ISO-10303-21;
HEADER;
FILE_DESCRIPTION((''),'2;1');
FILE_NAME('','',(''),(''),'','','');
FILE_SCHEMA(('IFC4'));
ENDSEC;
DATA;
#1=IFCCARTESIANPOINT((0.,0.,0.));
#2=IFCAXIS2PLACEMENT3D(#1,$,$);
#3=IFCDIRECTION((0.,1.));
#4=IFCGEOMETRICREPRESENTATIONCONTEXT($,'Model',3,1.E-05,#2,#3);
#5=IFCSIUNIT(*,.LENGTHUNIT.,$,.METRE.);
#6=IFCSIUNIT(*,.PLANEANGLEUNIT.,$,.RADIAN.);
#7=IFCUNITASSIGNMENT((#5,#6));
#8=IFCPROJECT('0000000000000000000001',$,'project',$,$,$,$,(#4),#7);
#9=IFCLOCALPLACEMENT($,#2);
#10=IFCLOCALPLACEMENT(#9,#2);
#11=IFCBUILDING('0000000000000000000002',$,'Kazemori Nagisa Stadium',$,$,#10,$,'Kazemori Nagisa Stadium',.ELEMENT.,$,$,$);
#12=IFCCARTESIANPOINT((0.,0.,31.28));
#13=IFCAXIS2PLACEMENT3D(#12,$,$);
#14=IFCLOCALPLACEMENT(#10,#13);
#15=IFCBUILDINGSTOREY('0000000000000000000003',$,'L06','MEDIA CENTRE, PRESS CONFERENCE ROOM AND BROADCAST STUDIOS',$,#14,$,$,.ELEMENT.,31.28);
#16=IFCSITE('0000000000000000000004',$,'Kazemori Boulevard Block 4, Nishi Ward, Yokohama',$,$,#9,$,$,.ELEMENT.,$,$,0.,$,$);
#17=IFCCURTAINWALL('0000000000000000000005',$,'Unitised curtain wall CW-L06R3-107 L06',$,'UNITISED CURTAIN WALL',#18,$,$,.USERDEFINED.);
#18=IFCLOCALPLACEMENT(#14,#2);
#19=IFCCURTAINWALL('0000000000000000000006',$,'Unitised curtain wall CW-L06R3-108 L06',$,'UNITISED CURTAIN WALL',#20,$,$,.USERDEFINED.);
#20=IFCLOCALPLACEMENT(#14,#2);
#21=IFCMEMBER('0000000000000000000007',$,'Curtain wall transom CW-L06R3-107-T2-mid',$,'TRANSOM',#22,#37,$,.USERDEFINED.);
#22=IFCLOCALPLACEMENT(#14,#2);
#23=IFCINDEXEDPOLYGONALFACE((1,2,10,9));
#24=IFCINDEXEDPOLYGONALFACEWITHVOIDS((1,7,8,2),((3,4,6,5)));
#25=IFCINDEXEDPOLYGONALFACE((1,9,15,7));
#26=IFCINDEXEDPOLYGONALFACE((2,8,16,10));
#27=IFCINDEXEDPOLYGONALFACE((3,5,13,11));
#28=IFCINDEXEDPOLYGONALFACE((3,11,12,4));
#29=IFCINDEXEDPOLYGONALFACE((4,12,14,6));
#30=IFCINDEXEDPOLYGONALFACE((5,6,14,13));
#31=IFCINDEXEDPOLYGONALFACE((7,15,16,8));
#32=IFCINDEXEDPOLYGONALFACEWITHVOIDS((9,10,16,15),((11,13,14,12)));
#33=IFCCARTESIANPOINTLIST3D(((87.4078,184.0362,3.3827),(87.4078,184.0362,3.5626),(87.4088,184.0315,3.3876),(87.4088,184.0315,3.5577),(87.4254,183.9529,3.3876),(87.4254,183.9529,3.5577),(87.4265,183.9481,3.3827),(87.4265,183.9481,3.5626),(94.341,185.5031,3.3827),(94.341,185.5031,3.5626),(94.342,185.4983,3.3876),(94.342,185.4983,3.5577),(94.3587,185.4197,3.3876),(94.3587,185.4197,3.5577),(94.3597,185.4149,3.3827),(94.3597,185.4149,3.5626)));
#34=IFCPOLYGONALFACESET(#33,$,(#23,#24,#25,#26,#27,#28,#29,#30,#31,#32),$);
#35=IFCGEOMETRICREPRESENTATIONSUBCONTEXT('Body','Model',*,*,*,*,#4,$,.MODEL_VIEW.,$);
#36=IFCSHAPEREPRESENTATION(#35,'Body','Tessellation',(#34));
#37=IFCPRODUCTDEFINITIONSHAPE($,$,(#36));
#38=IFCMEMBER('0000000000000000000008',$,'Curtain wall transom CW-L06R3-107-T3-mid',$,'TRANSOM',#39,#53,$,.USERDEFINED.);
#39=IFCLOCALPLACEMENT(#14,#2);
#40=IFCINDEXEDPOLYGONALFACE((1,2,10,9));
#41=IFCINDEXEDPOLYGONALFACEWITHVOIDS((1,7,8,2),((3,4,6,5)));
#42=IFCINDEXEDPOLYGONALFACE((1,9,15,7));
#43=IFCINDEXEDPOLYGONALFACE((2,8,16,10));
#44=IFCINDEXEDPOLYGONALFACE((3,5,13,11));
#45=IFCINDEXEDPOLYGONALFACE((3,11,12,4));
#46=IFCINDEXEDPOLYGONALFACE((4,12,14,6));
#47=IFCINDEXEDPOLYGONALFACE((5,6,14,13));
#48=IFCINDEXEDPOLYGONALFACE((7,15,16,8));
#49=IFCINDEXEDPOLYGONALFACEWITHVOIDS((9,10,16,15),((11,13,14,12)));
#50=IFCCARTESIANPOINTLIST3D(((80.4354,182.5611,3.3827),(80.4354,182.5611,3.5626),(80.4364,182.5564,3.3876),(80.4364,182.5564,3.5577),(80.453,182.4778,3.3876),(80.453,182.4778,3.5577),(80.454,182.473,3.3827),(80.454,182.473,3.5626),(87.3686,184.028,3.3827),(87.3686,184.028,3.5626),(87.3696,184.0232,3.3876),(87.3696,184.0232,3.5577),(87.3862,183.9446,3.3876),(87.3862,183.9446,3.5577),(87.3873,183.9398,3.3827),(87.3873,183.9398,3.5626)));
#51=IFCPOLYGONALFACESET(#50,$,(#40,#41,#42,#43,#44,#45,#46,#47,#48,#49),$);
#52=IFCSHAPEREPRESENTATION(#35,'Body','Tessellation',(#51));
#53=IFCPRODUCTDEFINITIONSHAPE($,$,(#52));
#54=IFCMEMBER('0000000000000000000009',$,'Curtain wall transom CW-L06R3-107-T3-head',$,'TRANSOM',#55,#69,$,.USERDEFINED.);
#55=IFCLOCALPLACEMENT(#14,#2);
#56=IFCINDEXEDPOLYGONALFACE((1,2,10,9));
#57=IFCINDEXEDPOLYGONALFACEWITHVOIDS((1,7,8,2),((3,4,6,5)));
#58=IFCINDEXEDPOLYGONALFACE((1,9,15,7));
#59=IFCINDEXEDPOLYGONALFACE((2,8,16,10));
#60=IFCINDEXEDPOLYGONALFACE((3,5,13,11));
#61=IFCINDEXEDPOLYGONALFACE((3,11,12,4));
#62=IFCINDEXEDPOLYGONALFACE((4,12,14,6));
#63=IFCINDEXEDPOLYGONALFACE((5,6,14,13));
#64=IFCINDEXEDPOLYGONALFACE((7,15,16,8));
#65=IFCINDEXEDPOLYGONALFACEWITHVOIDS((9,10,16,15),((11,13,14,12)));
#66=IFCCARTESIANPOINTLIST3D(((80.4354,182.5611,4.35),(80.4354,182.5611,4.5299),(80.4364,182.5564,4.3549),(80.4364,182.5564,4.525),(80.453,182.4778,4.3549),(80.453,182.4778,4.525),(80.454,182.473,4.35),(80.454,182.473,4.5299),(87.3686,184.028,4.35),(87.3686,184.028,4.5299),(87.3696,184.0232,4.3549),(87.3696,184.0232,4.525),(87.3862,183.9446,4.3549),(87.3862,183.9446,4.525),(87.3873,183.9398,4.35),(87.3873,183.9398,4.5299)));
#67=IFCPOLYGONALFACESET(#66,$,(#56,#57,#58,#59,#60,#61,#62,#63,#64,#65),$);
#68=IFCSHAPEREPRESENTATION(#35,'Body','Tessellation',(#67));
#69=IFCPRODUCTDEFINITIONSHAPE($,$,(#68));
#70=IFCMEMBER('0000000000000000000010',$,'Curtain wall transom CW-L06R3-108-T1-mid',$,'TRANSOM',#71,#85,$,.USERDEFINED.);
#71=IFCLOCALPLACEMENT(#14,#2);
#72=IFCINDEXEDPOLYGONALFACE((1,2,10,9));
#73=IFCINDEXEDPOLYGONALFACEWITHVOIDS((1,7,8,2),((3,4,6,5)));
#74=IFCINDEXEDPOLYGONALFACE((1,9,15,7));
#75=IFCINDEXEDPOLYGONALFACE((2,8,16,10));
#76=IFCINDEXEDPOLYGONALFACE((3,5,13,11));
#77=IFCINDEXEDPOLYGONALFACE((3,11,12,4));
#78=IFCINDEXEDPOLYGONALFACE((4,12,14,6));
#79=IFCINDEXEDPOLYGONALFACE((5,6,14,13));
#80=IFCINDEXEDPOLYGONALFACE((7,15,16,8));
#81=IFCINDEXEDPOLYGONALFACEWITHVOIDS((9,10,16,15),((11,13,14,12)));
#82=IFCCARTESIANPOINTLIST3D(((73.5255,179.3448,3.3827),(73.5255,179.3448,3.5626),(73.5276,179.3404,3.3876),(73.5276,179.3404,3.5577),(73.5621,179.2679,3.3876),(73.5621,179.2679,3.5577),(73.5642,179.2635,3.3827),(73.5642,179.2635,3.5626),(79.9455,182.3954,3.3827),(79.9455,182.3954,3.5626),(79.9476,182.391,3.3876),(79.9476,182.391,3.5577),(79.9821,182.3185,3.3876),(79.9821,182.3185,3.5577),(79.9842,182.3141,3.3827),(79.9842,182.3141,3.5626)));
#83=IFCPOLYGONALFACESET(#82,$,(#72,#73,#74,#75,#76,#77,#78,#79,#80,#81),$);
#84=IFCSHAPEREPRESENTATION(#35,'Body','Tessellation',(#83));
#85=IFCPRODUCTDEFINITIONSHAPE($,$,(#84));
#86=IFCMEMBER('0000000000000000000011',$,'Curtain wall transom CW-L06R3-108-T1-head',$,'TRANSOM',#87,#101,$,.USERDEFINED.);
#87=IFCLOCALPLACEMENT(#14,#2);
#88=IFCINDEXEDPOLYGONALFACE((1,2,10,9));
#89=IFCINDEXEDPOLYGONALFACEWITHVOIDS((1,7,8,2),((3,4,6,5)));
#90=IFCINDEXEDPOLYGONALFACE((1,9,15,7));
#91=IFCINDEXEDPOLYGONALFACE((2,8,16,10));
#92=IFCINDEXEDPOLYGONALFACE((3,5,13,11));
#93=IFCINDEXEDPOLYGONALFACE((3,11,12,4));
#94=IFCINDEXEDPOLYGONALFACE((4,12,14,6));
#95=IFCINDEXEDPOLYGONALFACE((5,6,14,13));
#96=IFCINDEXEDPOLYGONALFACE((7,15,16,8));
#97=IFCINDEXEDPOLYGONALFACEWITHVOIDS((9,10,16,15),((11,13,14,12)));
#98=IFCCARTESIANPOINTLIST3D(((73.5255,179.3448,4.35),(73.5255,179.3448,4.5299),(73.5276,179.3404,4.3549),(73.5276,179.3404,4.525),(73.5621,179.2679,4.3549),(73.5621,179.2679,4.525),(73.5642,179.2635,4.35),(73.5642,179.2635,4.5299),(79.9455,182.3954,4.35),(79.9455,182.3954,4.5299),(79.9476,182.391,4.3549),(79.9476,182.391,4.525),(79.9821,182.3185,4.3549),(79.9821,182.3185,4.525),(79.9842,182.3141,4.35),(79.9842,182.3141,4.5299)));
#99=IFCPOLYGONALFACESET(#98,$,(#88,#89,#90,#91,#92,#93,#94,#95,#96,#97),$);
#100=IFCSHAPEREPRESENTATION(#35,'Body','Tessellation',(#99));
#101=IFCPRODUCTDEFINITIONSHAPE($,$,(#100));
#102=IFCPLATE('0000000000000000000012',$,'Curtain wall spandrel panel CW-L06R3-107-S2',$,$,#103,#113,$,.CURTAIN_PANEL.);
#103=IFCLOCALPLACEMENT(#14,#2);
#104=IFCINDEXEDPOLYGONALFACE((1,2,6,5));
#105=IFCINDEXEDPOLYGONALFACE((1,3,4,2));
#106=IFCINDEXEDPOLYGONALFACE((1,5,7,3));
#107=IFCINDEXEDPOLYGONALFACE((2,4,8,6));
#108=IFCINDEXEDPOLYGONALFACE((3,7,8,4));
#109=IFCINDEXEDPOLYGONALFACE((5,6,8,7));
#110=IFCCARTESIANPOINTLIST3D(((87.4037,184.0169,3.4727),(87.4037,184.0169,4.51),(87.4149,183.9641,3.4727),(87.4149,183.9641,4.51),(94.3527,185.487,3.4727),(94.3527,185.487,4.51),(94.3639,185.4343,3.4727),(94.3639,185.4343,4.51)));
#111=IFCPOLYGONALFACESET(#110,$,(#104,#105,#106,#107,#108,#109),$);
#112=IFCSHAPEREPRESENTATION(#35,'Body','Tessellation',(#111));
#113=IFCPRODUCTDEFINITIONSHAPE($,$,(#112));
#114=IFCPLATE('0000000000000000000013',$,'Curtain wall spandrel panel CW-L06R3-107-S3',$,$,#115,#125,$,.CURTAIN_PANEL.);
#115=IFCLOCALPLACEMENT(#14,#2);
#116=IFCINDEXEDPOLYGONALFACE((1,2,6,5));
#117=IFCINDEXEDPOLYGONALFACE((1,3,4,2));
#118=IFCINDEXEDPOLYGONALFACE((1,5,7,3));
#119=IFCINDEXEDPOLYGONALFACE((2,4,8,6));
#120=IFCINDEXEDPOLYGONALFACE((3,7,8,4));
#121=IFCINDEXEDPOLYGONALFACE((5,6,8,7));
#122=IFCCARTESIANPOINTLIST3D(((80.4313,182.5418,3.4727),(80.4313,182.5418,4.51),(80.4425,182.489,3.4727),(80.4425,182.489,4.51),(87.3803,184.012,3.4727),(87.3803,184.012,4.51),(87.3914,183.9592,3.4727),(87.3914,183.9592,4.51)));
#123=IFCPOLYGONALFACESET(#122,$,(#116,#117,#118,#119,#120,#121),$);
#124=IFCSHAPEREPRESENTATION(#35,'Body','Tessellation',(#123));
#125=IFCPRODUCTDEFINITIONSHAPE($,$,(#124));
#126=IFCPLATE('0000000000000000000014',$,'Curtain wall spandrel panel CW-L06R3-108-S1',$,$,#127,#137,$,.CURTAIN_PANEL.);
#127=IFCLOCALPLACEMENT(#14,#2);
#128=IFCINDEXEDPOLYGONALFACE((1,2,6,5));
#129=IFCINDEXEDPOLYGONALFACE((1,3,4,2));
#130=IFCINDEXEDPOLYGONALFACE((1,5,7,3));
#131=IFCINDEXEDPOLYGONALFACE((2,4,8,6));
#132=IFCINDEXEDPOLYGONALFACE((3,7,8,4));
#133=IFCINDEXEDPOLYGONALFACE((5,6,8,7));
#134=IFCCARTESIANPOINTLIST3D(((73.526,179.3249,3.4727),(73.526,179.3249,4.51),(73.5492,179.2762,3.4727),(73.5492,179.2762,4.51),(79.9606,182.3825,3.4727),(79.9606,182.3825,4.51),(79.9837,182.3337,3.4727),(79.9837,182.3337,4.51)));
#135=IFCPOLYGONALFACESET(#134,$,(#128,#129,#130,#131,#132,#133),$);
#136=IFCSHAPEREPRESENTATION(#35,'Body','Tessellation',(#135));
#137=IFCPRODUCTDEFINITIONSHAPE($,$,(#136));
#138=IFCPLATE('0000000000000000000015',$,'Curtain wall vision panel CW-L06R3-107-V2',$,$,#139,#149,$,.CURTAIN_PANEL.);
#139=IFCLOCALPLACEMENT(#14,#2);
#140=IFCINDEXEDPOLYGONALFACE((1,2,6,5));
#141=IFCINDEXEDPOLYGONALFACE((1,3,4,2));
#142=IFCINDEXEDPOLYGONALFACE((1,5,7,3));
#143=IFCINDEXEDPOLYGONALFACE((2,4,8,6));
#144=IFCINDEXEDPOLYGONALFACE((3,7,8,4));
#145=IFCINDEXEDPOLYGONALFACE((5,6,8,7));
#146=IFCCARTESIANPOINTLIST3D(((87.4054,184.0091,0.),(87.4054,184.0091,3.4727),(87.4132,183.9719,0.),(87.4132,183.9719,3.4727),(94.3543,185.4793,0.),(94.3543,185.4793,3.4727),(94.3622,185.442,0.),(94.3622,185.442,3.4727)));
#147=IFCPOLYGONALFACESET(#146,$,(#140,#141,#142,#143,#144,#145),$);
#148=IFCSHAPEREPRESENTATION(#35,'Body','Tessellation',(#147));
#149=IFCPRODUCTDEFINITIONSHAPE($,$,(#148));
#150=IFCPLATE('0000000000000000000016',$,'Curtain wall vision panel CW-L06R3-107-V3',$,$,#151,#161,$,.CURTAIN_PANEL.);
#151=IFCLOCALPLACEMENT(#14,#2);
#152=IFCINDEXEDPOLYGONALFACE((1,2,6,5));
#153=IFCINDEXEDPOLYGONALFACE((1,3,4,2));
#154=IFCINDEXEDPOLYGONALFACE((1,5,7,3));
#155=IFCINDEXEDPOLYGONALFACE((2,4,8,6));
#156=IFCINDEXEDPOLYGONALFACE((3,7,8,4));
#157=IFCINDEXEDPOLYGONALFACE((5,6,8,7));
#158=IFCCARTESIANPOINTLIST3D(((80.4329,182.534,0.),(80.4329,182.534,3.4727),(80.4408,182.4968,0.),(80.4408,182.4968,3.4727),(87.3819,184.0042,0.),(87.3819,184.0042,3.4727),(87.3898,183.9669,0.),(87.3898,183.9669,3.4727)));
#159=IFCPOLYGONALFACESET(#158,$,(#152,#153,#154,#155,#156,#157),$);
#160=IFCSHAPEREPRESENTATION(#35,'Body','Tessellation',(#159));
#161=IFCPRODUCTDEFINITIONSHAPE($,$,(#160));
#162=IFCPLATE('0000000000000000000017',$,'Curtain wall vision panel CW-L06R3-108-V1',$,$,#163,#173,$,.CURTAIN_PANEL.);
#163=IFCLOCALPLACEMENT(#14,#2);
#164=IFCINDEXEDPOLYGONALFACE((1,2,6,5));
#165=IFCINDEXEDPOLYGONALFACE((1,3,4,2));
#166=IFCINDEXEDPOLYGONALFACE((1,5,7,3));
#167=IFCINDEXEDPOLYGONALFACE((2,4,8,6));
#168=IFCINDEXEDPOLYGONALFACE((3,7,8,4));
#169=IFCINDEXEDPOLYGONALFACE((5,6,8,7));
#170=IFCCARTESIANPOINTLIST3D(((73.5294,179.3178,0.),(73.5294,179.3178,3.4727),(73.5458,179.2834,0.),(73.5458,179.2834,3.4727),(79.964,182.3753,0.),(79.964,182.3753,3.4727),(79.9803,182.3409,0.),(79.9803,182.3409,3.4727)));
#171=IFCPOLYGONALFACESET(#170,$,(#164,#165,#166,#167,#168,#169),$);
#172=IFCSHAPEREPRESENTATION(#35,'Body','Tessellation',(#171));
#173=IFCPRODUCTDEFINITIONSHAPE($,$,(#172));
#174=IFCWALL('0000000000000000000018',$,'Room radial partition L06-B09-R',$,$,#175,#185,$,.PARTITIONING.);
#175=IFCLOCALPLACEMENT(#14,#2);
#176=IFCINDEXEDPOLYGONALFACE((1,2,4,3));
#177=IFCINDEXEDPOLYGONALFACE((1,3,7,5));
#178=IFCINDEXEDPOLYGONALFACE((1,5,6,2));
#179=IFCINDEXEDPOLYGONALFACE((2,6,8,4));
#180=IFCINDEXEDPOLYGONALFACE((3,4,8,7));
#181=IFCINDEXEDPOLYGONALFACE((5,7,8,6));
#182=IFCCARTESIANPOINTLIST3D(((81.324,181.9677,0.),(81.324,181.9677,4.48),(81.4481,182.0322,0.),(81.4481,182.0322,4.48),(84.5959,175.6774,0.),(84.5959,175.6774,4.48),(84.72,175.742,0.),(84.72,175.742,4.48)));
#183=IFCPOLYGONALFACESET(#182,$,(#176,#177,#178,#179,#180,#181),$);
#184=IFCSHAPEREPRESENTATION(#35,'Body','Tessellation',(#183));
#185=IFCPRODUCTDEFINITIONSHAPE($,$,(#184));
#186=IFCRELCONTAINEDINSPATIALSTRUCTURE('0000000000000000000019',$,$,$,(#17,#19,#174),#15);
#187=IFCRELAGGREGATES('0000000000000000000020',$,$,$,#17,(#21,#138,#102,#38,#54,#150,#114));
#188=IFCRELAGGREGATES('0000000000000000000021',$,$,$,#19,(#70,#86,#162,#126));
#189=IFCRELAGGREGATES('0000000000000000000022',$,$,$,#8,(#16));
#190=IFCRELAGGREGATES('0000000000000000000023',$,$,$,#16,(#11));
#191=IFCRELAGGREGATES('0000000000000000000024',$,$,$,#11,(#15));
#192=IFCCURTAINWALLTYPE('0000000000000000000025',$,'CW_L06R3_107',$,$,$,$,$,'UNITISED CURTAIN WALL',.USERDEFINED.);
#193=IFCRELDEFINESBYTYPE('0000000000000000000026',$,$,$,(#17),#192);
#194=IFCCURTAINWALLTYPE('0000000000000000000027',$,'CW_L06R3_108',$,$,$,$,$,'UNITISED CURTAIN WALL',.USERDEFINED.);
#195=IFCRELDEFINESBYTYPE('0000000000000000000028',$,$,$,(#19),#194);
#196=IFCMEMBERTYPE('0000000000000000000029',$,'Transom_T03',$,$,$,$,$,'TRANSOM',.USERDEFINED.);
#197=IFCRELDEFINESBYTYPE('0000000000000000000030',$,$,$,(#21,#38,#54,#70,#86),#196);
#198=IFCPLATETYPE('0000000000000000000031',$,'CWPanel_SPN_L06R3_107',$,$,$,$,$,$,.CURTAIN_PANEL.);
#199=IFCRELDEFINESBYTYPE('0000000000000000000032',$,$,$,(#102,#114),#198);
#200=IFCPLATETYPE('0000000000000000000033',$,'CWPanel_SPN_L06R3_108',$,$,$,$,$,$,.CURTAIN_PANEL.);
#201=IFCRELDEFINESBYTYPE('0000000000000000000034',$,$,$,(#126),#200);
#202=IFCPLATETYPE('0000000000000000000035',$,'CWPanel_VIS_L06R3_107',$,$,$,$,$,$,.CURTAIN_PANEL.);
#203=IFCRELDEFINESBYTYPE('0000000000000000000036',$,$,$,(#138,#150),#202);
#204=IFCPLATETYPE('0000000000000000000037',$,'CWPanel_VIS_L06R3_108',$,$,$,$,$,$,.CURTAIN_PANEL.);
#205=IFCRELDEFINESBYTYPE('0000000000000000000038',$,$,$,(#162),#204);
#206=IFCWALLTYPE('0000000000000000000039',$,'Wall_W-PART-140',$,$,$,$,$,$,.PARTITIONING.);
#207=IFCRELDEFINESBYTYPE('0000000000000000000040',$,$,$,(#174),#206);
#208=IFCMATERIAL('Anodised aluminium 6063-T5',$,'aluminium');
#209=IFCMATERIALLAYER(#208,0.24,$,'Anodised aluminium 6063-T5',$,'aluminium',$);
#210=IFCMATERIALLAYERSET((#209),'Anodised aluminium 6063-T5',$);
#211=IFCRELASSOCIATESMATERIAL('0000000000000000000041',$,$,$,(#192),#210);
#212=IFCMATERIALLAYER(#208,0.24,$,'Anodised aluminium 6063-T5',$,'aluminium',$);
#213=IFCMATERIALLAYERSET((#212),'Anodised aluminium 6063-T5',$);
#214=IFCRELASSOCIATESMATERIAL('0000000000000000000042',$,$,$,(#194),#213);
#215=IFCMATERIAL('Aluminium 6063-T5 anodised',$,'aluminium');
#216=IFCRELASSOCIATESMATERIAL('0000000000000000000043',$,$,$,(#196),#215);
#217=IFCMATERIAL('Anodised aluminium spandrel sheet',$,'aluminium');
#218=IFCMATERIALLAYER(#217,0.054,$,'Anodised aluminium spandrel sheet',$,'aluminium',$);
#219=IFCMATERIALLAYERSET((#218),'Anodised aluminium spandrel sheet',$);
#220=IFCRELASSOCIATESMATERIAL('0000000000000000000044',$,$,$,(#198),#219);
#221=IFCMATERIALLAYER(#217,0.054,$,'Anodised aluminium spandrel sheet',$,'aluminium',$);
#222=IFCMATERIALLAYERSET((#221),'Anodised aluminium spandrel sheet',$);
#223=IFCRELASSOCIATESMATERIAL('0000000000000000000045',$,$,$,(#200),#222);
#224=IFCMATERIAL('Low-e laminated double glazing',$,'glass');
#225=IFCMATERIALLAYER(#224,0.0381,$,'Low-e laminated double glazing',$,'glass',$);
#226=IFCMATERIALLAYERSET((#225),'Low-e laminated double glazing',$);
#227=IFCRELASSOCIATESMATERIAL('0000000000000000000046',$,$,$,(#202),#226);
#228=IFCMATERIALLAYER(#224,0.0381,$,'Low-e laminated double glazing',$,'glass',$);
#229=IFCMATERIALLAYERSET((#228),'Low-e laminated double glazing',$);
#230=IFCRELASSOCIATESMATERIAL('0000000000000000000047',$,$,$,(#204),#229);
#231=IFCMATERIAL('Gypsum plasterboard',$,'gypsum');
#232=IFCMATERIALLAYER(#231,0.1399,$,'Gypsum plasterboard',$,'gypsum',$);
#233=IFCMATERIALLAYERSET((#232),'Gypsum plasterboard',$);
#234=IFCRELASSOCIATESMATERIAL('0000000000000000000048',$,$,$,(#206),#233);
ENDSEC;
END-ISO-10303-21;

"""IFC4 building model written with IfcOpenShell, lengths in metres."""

from ifc_helpers import new_model, si_unit, direction, frame, frame_2d, origin, origin_2d, place, context, subcontext, project, spatial, rectangle, hollow_rectangle, extrude, material, layer, layer_set, material_profile, profile_set, type_object, element, aggregate, save


model = new_model("IFC4")

# Units and contexts
model_context = context("Model", 3, precision=1e-05, world=origin(), true_north=direction((0.0, 1.0)))
body_context = subcontext(model_context, "Body", "Model", "MODEL_VIEW")
ifc_project = project(units=[si_unit("LENGTHUNIT", "METRE"), si_unit("PLANEANGLEUNIT", "RADIAN")], contexts=[model_context])

# Site, building, storey
site_placement = place(None, origin())
site = spatial("IfcSite", under=ifc_project, at=site_placement, Name="Kazemori Boulevard Block 4, Nishi Ward, Yokohama", CompositionType="ELEMENT", RefElevation=0.0)
building_placement = place(site_placement, origin())
building = spatial("IfcBuilding", under=site, at=building_placement, Name="Kazemori Nagisa Stadium", LongName="Kazemori Nagisa Stadium", CompositionType="ELEMENT")
storey_placement = place(building_placement, frame((0.0, 0.0, 31.28)))
storey = spatial("IfcBuildingStorey", under=building, at=storey_placement, Name="L06", Description="MEDIA CENTRE, PRESS CONFERENCE ROOM AND BROADCAST STUDIOS", CompositionType="ELEMENT", Elevation=31.28)

# Curtain wall
ifc_material_1 = material(Name="Anodised aluminium 6063-T5", Category="aluminium")
ifc_layer_1 = layer(ifc_material_1, 0.24, Name="Anodised aluminium 6063-T5", Category="aluminium")
ifc_layer_set_1 = layer_set([ifc_layer_1], Name="Anodised aluminium 6063-T5")
curtain_wall_type_1 = type_object("IfcCurtainWallType", Name="CW_L06R3_107", ElementType="UNITISED CURTAIN WALL", PredefinedType="USERDEFINED", material=ifc_layer_set_1)
curtain_wall_1_placement = place(storey_placement, origin())
curtain_wall_1 = element("IfcCurtainWall", 1, at=curtain_wall_1_placement, inside=storey, type_object=curtain_wall_type_1, Name="Unitised curtain wall CW-L06R3-107 L06", ObjectType="UNITISED CURTAIN WALL", PredefinedType="USERDEFINED")
ifc_material_2 = material(Name="Aluminium 6063-T5 anodised", Category="aluminium")

# Curtain wall
ifc_layer_2 = layer(ifc_material_1, 0.24, Name="Anodised aluminium 6063-T5", Category="aluminium")
ifc_layer_set_2 = layer_set([ifc_layer_2], Name="Anodised aluminium 6063-T5")
curtain_wall_type_2 = type_object("IfcCurtainWallType", Name="CW_L06R3_108", ElementType="UNITISED CURTAIN WALL", PredefinedType="USERDEFINED", material=ifc_layer_set_2)
curtain_wall_2_placement = place(storey_placement, origin())
curtain_wall_2 = element("IfcCurtainWall", 2, at=curtain_wall_2_placement, inside=storey, type_object=curtain_wall_type_2, Name="Unitised curtain wall CW-L06R3-108 L06", ObjectType="UNITISED CURTAIN WALL", PredefinedType="USERDEFINED")

# Members
ifc_material_profile_1 = material_profile(ifc_material_2, hollow_rectangle(XDim=0.0901, YDim=0.1799, WallThickness=0.0049, at=origin_2d()), Name="ALU-TRAN-90x180x5")
ifc_profile_set_1 = profile_set([ifc_material_profile_1], Name="Aluminium 6063-T5 anodised")
member_type_1 = type_object("IfcMemberType", Name="Transom_T03", ElementType="TRANSOM", PredefinedType="USERDEFINED", material=ifc_profile_set_1)
member_1_placement = place(storey_placement, frame((94.3503, 185.459, 3.4727), z_axis=(-0.978345, -0.206983, 0.0), x_axis=(0.206983, -0.978345, 0.0)))
member_1 = element("IfcMember", 3, at=member_1_placement, type_object=member_type_1, Name="Curtain wall transom CW-L06R3-107-T2-mid", ObjectType="TRANSOM", PredefinedType="USERDEFINED", context=body_context, shape_type="SweptSolid", body=[
    extrude(hollow_rectangle(XDim=0.0901, YDim=0.1799, WallThickness=0.0049, at=origin_2d()), origin(), (0.0, 0.0, 1.0), 7.0867),
])
member_2_placement = place(storey_placement, frame((87.3779, 183.9839, 3.4727), z_axis=(-0.978345, -0.206983, 0.0), x_axis=(0.206983, -0.978345, 0.0)))
member_2 = element("IfcMember", 4, at=member_2_placement, type_object=member_type_1, Name="Curtain wall transom CW-L06R3-107-T3-mid", ObjectType="TRANSOM", PredefinedType="USERDEFINED", context=body_context, shape_type="SweptSolid", body=[
    extrude(hollow_rectangle(XDim=0.0901, YDim=0.1799, WallThickness=0.0049, at=origin_2d()), origin(), (0.0, 0.0, 1.0), 7.0867),
])
member_3_placement = place(storey_placement, frame((87.3779, 183.9839, 4.4399), z_axis=(-0.978345, -0.206983, 0.0), x_axis=(0.206983, -0.978345, 0.0)))
member_3 = element("IfcMember", 5, at=member_3_placement, type_object=member_type_1, Name="Curtain wall transom CW-L06R3-107-T3-head", ObjectType="TRANSOM", PredefinedType="USERDEFINED", context=body_context, shape_type="SweptSolid", body=[
    extrude(hollow_rectangle(XDim=0.0901, YDim=0.1799, WallThickness=0.0049, at=origin_2d()), origin(), (0.0, 0.0, 1.0), 7.0867),
])
member_4_placement = place(storey_placement, frame((79.9648, 182.3547, 3.4727), z_axis=(-0.903219, -0.42918, 0.0), x_axis=(0.42918, -0.903219, 0.0)))
member_4 = element("IfcMember", 6, at=member_4_placement, type_object=member_type_1, Name="Curtain wall transom CW-L06R3-108-T1-mid", ObjectType="TRANSOM", PredefinedType="USERDEFINED", context=body_context, shape_type="SweptSolid", body=[
    extrude(hollow_rectangle(XDim=0.0901, YDim=0.1799, WallThickness=0.0049, at=origin_2d()), origin(), (0.0, 0.0, 1.0), 7.1079),
])
member_5_placement = place(storey_placement, frame((79.9648, 182.3547, 4.4399), z_axis=(-0.903219, -0.42918, 0.0), x_axis=(0.42918, -0.903219, 0.0)))
member_5 = element("IfcMember", 7, at=member_5_placement, type_object=member_type_1, Name="Curtain wall transom CW-L06R3-108-T1-head", ObjectType="TRANSOM", PredefinedType="USERDEFINED", context=body_context, shape_type="SweptSolid", body=[
    extrude(hollow_rectangle(XDim=0.0901, YDim=0.1799, WallThickness=0.0049, at=origin_2d()), origin(), (0.0, 0.0, 1.0), 7.1079),
])

# Plates
ifc_material_3 = material(Name="Anodised aluminium spandrel sheet", Category="aluminium")
ifc_layer_3 = layer(ifc_material_3, 0.054, Name="Anodised aluminium spandrel sheet", Category="aluminium")
ifc_layer_set_3 = layer_set([ifc_layer_3], Name="Anodised aluminium spandrel sheet")
plate_type_1 = type_object("IfcPlateType", Name="CWPanel_SPN_L06R3_107", PredefinedType="CURTAIN_PANEL", material=ifc_layer_set_3)
plate_1_placement = place(storey_placement, frame((90.8838, 184.7256, 3.4727), z_axis=(0.0, 0.0, 1.0), x_axis=(-0.978345, -0.206981, 0.0)))
plate_1 = element("IfcPlate", 8, at=plate_1_placement, type_object=plate_type_1, Name="Curtain wall spandrel panel CW-L06R3-107-S2", PredefinedType="CURTAIN_PANEL", context=body_context, shape_type="SweptSolid", body=[
    extrude(rectangle(XDim=7.1028, YDim=0.054, at=origin_2d()), origin(), (0.0, 0.0, 1.0), 1.0374),
])
plate_2_placement = place(storey_placement, frame((83.9114, 183.2505, 3.4727), z_axis=(0.0, 0.0, 1.0), x_axis=(-0.978345, -0.206981, 0.0)))
plate_2 = element("IfcPlate", 9, at=plate_2_placement, type_object=plate_type_1, Name="Curtain wall spandrel panel CW-L06R3-107-S3", PredefinedType="CURTAIN_PANEL", context=body_context, shape_type="SweptSolid", body=[
    extrude(rectangle(XDim=7.1028, YDim=0.054, at=origin_2d()), origin(), (0.0, 0.0, 1.0), 1.0374),
])
ifc_layer_4 = layer(ifc_material_3, 0.054, Name="Anodised aluminium spandrel sheet", Category="aluminium")
ifc_layer_set_4 = layer_set([ifc_layer_4], Name="Anodised aluminium spandrel sheet")
plate_type_2 = type_object("IfcPlateType", Name="CWPanel_SPN_L06R3_108", PredefinedType="CURTAIN_PANEL", material=ifc_layer_set_4)
plate_3_placement = place(storey_placement, frame((76.7549, 180.8293, 3.4727), z_axis=(0.0, 0.0, 1.0), x_axis=(-0.903216, -0.429186, 0.0)))
plate_3 = element("IfcPlate", 10, at=plate_3_placement, type_object=plate_type_2, Name="Curtain wall spandrel panel CW-L06R3-108-S1", PredefinedType="CURTAIN_PANEL", context=body_context, shape_type="SweptSolid", body=[
    extrude(rectangle(XDim=7.124, YDim=0.054, at=origin_2d()), origin(), (0.0, 0.0, 1.0), 1.0374),
])
ifc_material_4 = material(Name="Low-e laminated double glazing", Category="glass")
ifc_layer_5 = layer(ifc_material_4, 0.0381, Name="Low-e laminated double glazing", Category="glass")
ifc_layer_set_5 = layer_set([ifc_layer_5], Name="Low-e laminated double glazing")
plate_type_3 = type_object("IfcPlateType", Name="CWPanel_VIS_L06R3_107", PredefinedType="CURTAIN_PANEL", material=ifc_layer_set_5)
plate_4_placement = place(storey_placement, frame((90.8838, 184.7256, 0.0), z_axis=(0.0, 0.0, 1.0), x_axis=(-0.978345, -0.206981, 0.0)))
plate_4 = element("IfcPlate", 11, at=plate_4_placement, type_object=plate_type_3, Name="Curtain wall vision panel CW-L06R3-107-V2", PredefinedType="CURTAIN_PANEL", context=body_context, shape_type="SweptSolid", body=[
    extrude(rectangle(XDim=7.1028, YDim=0.0381, at=origin_2d()), origin(), (0.0, 0.0, 1.0), 3.4727),
])
plate_5_placement = place(storey_placement, frame((83.9114, 183.2505, 0.0), z_axis=(0.0, 0.0, 1.0), x_axis=(-0.978345, -0.206981, 0.0)))
plate_5 = element("IfcPlate", 12, at=plate_5_placement, type_object=plate_type_3, Name="Curtain wall vision panel CW-L06R3-107-V3", PredefinedType="CURTAIN_PANEL", context=body_context, shape_type="SweptSolid", body=[
    extrude(rectangle(XDim=7.1028, YDim=0.0381, at=origin_2d()), origin(), (0.0, 0.0, 1.0), 3.4727),
])
aggregate(curtain_wall_1, [member_1, plate_4, plate_1, member_2, member_3, plate_5, plate_2])
ifc_layer_6 = layer(ifc_material_4, 0.0381, Name="Low-e laminated double glazing", Category="glass")
ifc_layer_set_6 = layer_set([ifc_layer_6], Name="Low-e laminated double glazing")
plate_type_4 = type_object("IfcPlateType", Name="CWPanel_VIS_L06R3_108", PredefinedType="CURTAIN_PANEL", material=ifc_layer_set_6)
plate_6_placement = place(storey_placement, frame((76.7549, 180.8293, 0.0), z_axis=(0.0, 0.0, 1.0), x_axis=(-0.903216, -0.429186, 0.0)))
plate_6 = element("IfcPlate", 13, at=plate_6_placement, type_object=plate_type_4, Name="Curtain wall vision panel CW-L06R3-108-V1", PredefinedType="CURTAIN_PANEL", context=body_context, shape_type="SweptSolid", body=[
    extrude(rectangle(XDim=7.124, YDim=0.0381, at=origin_2d()), origin(), (0.0, 0.0, 1.0), 3.4727),
])
aggregate(curtain_wall_2, [member_4, member_5, plate_6, plate_3])

# Wall
ifc_material_5 = material(Name="Gypsum plasterboard", Category="gypsum")
ifc_layer_7 = layer(ifc_material_5, 0.1399, Name="Gypsum plasterboard", Category="gypsum")
ifc_layer_set_7 = layer_set([ifc_layer_7], Name="Gypsum plasterboard")
wall_type = type_object("IfcWallType", Name="Wall_W-PART-140", PredefinedType="PARTITIONING", material=ifc_layer_set_7)
wall_1_placement = place(storey_placement, frame((84.658, 175.7097, 0.0), z_axis=(0.0, 0.0, 1.0), x_axis=(-0.461467, 0.887158, 0.0)))
element("IfcWall", 14, at=wall_1_placement, inside=storey, type_object=wall_type, Name="Room radial partition L06-B09-R", PredefinedType="PARTITIONING", context=body_context, shape_type="SweptSolid", body=[
    extrude(rectangle(XDim=7.0903, YDim=0.1399, at=frame_2d((3.5452, 0.0))), origin(), (0.0, 0.0, 1.0), 4.48),
])

save(model, "model.ifc")
